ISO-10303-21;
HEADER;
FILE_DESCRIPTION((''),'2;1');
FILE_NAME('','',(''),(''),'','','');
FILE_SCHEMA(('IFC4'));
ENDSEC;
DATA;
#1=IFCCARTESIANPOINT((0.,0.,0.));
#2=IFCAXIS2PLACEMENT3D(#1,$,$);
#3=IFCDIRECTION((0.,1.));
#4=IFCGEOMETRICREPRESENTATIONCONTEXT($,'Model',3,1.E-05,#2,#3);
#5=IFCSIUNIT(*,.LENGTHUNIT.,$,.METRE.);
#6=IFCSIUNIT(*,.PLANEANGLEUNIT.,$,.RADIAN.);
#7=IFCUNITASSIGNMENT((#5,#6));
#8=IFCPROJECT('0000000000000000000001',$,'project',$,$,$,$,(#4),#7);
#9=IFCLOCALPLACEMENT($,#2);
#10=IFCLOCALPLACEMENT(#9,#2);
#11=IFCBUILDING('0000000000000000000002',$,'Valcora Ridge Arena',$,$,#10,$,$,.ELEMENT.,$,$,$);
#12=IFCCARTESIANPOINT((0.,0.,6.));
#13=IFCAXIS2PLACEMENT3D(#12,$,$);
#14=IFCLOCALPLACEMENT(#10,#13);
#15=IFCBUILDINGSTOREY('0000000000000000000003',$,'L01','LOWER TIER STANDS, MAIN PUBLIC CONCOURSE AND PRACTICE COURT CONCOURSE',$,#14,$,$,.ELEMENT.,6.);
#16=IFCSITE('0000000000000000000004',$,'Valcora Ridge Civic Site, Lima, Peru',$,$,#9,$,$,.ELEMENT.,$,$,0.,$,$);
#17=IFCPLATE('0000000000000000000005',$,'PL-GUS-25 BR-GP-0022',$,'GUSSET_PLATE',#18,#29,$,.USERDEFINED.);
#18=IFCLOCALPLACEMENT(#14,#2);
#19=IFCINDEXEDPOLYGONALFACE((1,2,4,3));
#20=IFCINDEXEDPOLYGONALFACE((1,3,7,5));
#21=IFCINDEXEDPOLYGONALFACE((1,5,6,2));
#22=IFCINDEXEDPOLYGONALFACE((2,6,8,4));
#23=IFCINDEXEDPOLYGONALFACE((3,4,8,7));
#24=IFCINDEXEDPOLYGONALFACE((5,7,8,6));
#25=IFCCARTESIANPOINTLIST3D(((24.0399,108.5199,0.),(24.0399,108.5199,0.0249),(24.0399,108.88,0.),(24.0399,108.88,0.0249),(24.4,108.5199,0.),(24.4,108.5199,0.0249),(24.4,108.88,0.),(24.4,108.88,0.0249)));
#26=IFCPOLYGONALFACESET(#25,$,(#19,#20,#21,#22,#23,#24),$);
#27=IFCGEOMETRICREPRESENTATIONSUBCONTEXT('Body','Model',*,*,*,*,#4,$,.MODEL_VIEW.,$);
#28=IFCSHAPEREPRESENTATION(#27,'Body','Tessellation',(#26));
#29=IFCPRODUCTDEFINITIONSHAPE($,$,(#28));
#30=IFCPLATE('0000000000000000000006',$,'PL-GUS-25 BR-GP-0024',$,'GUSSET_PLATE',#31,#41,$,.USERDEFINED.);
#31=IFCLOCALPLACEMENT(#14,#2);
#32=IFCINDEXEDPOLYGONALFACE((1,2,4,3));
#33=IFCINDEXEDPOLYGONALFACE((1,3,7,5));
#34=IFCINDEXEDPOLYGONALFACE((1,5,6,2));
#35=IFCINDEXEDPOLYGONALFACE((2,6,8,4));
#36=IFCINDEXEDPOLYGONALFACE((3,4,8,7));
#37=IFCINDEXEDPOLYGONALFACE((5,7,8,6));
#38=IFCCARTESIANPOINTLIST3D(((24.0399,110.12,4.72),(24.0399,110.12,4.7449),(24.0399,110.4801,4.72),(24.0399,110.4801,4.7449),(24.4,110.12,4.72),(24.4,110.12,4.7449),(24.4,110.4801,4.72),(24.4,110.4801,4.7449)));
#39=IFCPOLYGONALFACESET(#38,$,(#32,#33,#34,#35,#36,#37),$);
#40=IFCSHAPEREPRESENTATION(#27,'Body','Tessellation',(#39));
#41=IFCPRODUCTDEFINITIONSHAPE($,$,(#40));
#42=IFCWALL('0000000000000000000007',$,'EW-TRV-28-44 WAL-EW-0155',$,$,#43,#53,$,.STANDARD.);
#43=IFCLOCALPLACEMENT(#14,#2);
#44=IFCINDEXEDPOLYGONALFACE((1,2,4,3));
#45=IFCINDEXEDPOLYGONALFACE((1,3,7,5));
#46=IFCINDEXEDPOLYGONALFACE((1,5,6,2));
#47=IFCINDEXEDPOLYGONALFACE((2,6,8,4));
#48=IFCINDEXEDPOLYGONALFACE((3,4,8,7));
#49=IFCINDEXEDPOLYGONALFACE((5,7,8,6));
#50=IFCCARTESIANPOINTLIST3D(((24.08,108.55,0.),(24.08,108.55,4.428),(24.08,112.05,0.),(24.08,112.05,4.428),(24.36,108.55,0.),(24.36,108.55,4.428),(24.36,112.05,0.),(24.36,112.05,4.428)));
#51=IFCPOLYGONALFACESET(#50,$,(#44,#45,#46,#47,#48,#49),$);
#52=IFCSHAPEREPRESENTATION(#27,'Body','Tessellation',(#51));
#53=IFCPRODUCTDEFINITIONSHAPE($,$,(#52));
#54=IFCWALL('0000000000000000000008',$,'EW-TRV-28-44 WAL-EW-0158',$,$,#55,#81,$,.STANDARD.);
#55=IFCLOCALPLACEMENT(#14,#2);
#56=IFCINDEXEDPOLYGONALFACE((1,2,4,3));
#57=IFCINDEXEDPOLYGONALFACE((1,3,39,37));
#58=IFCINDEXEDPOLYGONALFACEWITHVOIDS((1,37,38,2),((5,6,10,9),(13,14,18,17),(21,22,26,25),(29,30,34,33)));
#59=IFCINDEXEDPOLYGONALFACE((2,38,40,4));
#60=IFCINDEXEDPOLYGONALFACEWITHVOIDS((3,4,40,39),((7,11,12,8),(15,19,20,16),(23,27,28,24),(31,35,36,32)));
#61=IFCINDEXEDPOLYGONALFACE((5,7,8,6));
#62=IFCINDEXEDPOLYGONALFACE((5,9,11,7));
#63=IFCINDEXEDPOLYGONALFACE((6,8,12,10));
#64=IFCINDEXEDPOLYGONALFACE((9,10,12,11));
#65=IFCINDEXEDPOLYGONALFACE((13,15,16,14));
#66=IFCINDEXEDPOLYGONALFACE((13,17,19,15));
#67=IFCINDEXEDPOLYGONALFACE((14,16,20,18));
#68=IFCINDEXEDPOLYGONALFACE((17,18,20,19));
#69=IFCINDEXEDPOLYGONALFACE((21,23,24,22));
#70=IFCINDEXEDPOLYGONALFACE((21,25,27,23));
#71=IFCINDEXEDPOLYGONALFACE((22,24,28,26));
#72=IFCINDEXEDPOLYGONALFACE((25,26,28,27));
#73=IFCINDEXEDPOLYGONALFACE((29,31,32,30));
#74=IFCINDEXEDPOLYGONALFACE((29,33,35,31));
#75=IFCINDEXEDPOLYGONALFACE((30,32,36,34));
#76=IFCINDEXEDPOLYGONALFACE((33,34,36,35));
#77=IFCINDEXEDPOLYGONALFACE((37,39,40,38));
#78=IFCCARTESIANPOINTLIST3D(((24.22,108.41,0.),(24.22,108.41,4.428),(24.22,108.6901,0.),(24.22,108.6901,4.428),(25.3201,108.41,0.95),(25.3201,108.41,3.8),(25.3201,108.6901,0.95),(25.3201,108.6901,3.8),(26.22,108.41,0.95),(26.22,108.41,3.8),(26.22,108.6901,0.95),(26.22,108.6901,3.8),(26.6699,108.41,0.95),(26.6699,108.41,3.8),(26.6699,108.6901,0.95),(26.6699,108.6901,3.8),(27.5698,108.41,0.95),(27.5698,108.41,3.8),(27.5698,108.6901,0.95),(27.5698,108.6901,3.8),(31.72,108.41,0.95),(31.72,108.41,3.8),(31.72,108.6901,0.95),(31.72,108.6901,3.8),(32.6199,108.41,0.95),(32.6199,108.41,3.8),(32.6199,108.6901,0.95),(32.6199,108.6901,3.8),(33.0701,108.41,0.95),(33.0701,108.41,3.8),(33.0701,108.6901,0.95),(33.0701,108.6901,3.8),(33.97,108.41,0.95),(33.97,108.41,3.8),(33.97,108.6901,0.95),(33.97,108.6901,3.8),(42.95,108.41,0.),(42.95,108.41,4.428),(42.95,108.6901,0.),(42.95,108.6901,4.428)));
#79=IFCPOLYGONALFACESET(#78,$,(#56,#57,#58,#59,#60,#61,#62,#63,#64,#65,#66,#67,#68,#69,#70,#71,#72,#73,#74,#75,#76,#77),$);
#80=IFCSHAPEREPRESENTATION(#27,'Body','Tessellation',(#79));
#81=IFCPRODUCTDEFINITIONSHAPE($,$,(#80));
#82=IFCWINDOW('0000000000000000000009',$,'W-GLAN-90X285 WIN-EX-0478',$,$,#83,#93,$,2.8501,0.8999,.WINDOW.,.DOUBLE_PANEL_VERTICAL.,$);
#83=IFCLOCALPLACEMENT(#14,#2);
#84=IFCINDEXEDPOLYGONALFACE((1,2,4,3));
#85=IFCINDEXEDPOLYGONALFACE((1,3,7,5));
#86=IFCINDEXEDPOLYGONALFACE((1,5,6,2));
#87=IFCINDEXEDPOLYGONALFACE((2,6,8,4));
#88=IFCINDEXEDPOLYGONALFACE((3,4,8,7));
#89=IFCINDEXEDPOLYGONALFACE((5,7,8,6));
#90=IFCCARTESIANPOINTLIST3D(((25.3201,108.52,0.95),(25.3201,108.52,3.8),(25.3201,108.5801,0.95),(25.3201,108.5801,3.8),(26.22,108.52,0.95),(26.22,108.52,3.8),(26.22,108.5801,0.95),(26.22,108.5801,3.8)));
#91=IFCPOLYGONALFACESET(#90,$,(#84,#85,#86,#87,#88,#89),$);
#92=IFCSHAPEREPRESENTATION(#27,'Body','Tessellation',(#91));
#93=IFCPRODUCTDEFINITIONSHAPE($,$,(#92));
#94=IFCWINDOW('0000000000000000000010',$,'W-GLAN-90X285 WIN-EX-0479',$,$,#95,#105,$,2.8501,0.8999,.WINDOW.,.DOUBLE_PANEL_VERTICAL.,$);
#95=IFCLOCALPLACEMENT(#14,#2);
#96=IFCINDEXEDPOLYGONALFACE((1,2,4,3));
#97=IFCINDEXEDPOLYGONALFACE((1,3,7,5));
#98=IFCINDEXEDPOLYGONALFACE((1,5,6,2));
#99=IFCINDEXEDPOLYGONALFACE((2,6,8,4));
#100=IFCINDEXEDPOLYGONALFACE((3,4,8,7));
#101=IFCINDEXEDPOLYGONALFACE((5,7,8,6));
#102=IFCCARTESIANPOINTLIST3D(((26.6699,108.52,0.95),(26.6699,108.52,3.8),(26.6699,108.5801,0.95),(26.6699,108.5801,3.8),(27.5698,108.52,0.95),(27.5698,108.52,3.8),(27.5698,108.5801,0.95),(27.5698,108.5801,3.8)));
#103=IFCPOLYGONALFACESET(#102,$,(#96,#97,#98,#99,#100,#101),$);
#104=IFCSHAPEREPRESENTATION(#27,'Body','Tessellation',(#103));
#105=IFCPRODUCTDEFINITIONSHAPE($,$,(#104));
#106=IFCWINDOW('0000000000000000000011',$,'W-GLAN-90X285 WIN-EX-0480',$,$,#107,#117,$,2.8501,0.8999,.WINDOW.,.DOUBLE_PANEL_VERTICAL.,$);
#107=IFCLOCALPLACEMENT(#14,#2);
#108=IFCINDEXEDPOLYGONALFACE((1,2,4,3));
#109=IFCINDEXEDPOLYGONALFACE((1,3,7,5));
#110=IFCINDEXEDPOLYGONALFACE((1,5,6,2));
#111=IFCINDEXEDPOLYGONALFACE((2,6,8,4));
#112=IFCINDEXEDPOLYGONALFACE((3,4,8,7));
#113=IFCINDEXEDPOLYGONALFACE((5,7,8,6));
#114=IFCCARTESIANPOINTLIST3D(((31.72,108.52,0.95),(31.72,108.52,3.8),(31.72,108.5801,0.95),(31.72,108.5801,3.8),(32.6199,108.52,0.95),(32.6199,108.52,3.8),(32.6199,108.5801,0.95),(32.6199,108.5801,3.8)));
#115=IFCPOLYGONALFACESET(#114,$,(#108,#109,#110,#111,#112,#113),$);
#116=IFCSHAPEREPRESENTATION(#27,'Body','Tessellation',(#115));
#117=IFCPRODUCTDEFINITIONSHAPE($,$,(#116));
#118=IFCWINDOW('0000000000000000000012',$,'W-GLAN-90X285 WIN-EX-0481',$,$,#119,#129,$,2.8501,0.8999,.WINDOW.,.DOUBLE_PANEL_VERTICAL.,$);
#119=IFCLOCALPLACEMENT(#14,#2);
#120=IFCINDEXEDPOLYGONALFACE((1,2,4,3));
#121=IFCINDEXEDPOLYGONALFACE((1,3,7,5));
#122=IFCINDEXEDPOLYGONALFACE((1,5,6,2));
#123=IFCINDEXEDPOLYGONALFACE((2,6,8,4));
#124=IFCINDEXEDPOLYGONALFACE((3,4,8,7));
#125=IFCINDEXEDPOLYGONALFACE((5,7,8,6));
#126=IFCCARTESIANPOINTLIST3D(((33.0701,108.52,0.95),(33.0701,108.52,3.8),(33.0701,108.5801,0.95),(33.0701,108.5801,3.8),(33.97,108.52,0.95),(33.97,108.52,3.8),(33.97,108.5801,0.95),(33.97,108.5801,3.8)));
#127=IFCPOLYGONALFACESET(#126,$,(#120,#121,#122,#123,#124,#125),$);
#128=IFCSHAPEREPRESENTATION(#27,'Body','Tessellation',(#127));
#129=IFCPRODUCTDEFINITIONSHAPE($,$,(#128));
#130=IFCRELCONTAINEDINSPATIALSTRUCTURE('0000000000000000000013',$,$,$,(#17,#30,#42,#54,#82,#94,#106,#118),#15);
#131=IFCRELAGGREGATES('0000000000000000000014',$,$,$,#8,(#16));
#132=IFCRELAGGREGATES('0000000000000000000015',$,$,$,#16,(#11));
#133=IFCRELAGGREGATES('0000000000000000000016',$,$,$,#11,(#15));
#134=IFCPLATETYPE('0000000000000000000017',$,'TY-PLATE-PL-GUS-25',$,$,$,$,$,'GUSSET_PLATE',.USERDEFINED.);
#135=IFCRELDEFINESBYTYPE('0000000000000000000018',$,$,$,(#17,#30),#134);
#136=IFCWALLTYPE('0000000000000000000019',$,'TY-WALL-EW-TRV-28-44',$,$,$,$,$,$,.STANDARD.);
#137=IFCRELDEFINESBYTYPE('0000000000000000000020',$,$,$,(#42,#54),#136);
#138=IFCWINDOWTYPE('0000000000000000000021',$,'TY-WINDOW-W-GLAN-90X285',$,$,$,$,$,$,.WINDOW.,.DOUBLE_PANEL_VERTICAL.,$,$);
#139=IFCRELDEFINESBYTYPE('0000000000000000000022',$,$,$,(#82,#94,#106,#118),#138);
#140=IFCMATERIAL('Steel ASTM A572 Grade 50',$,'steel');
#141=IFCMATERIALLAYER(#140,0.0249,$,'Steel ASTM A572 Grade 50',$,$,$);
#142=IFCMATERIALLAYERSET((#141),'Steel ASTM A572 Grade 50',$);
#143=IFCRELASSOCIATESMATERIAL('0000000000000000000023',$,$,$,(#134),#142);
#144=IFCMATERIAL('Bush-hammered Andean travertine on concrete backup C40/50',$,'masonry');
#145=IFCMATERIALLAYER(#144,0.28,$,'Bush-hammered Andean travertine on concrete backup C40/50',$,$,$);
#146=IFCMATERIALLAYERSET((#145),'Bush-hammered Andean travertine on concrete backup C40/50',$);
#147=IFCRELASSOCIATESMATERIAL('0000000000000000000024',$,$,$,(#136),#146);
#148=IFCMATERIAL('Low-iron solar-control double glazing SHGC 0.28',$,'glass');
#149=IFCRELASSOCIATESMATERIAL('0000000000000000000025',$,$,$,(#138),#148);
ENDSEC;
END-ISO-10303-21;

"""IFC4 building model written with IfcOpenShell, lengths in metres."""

from ifc_helpers import new_model, si_unit, direction, frame, frame_2d, origin, origin_2d, place, context, subcontext, project, spatial, rectangle, extrude, material, layer, layer_set, type_object, element, fill, save


model = new_model("IFC4")

# Units and contexts
model_context = context("Model", 3, precision=1e-05, world=origin(), true_north=direction((0.0, 1.0)))
body_context = subcontext(model_context, "Body", "Model", "MODEL_VIEW")
ifc_project = project(units=[si_unit("LENGTHUNIT", "METRE"), si_unit("PLANEANGLEUNIT", "RADIAN")], contexts=[model_context])

# Site, building, storey
site_placement = place(None, origin())
site = spatial("IfcSite", under=ifc_project, at=site_placement, Name="Valcora Ridge Civic Site, Lima, Peru", CompositionType="ELEMENT", RefElevation=0.0)
building_placement = place(site_placement, origin())
building = spatial("IfcBuilding", under=site, at=building_placement, Name="Valcora Ridge Arena", CompositionType="ELEMENT")
storey_placement = place(building_placement, frame((0.0, 0.0, 6.0)))
storey = spatial("IfcBuildingStorey", under=building, at=storey_placement, Name="L01", Description="LOWER TIER STANDS, MAIN PUBLIC CONCOURSE AND PRACTICE COURT CONCOURSE", CompositionType="ELEMENT", Elevation=6.0)

# Shared definitions
ifc_material_1 = material(Name="Steel ASTM A572 Grade 50", Category="steel")

# Plates
ifc_layer_1 = layer(ifc_material_1, 0.0249, Name="Steel ASTM A572 Grade 50")
ifc_layer_set_1 = layer_set([ifc_layer_1], Name="Steel ASTM A572 Grade 50")
plate_type = type_object("IfcPlateType", Name="TY-PLATE-PL-GUS-25", ElementType="GUSSET_PLATE", PredefinedType="USERDEFINED", material=ifc_layer_set_1)
for number, where, z_axis, x_axis, name in (
    (1, (24.22, 108.7, 0.0), (0.0, 0.0, 1.0), (1.0, 0.0, 0.0), "PL-GUS-25 BR-GP-0022"),
    (2, (24.22, 110.3, 4.72), (0.0, 0.0, 1.0), (1.0, 0.0, 0.0), "PL-GUS-25 BR-GP-0024"),
):
    element("IfcPlate", number, at=place(storey_placement, frame(where, z_axis=z_axis, x_axis=x_axis)), inside=storey, type_object=plate_type, Name=name, ObjectType="GUSSET_PLATE", PredefinedType="USERDEFINED", context=body_context, shape_type="SweptSolid", body=[
        extrude(rectangle(XDim=0.3601, YDim=0.3601, at=origin_2d()), origin(), (0.0, 0.0, 1.0), 0.0249),
    ])

# Wall
ifc_material_2 = material(Name="Bush-hammered Andean travertine on concrete backup C40/50", Category="masonry")
ifc_layer_2 = layer(ifc_material_2, 0.28, Name="Bush-hammered Andean travertine on concrete backup C40/50")
ifc_layer_set_2 = layer_set([ifc_layer_2], Name="Bush-hammered Andean travertine on concrete backup C40/50")
wall_type_1 = type_object("IfcWallType", Name="TY-WALL-EW-TRV-28-44", PredefinedType="STANDARD", material=ifc_layer_set_2)
wall_1_placement = place(storey_placement, frame((24.22, 108.55, 0.0), z_axis=(0.0, 0.0, 1.0), x_axis=(0.0, 1.0, 0.0)))
element("IfcWall", 3, at=wall_1_placement, inside=storey, type_object=wall_type_1, Name="EW-TRV-28-44 WAL-EW-0155", PredefinedType="STANDARD", context=body_context, shape_type="SweptSolid", body=[
    extrude(rectangle(XDim=3.5, YDim=0.28, at=frame_2d((1.75, 0.0))), origin(), (0.0, 0.0, 1.0), 4.428),
])

# Wall, openings, windows
wall_2_placement = place(storey_placement, frame((24.22, 108.55, 0.0), z_axis=(0.0, 0.0, 1.0), x_axis=(1.0, 0.0, 0.0)))
wall_2 = element("IfcWall", 4, at=wall_2_placement, inside=storey, type_object=wall_type_1, Name="EW-TRV-28-44 WAL-EW-0158", PredefinedType="STANDARD", context=body_context, shape_type="SweptSolid", body=[
    extrude(rectangle(XDim=18.73, YDim=0.28, at=frame_2d((9.365, 0.0))), origin(), (0.0, 0.0, 1.0), 4.428),
])
opening_1_placement = place(wall_2_placement, frame((1.1001, 0.0, 0.95)))
opening_1 = element("IfcOpeningElement", 5, at=opening_1_placement, cuts=wall_2, PredefinedType="OPENING", context=body_context, shape_type="SweptSolid", body=[
    extrude(rectangle(XDim=0.8999, YDim=2.8501, at=frame_2d((0.45, 1.425))), frame((0.0, 0.1499, 0.0), z_axis=(0.0, -1.0, 0.0), x_axis=(1.0, 0.0, 0.0)), (0.0, 0.0, 1.0), 0.3),
])
opening_2_placement = place(wall_2_placement, frame((2.45, 0.0, 0.95)))
opening_2 = element("IfcOpeningElement", 6, at=opening_2_placement, cuts=wall_2, PredefinedType="OPENING", context=body_context, shape_type="SweptSolid", body=[
    extrude(rectangle(XDim=0.8999, YDim=2.8501, at=frame_2d((0.45, 1.425))), frame((0.0, 0.1499, 0.0), z_axis=(0.0, -1.0, 0.0), x_axis=(1.0, 0.0, 0.0)), (0.0, 0.0, 1.0), 0.3),
])
opening_3_placement = place(wall_2_placement, frame((7.5, 0.0, 0.95)))
opening_3 = element("IfcOpeningElement", 7, at=opening_3_placement, cuts=wall_2, PredefinedType="OPENING", context=body_context, shape_type="SweptSolid", body=[
    extrude(rectangle(XDim=0.8999, YDim=2.8501, at=frame_2d((0.45, 1.425))), frame((0.0, 0.1499, 0.0), z_axis=(0.0, -1.0, 0.0), x_axis=(1.0, 0.0, 0.0)), (0.0, 0.0, 1.0), 0.3),
])
opening_4_placement = place(wall_2_placement, frame((8.8501, 0.0, 0.95)))
opening_4 = element("IfcOpeningElement", 8, at=opening_4_placement, cuts=wall_2, PredefinedType="OPENING", context=body_context, shape_type="SweptSolid", body=[
    extrude(rectangle(XDim=0.8999, YDim=2.8501, at=frame_2d((0.45, 1.425))), frame((0.0, 0.1499, 0.0), z_axis=(0.0, -1.0, 0.0), x_axis=(1.0, 0.0, 0.0)), (0.0, 0.0, 1.0), 0.3),
])
ifc_material_3 = material(Name="Low-iron solar-control double glazing SHGC 0.28", Category="glass")
window_type = type_object("IfcWindowType", Name="TY-WINDOW-W-GLAN-90X285", PartitioningType="DOUBLE_PANEL_VERTICAL", PredefinedType="WINDOW", material=ifc_material_3)
window_1_placement = place(opening_1_placement, origin())
window_1 = element("IfcWindow", 9, at=window_1_placement, inside=storey, type_object=window_type, Name="W-GLAN-90X285 WIN-EX-0478", OverallHeight=2.8501, OverallWidth=0.8999, PartitioningType="DOUBLE_PANEL_VERTICAL", PredefinedType="WINDOW", context=body_context, shape_type="SweptSolid", body=[
    extrude(rectangle(XDim=0.8999, YDim=2.8501, at=frame_2d((0.45, 1.425))), frame((0.0, 0.03, 0.0), z_axis=(0.0, -1.0, 0.0), x_axis=(1.0, 0.0, 0.0)), (0.0, 0.0, 1.0), 0.0601),
])
fill(opening_1, window_1)
window_2_placement = place(opening_2_placement, origin())
window_2 = element("IfcWindow", 10, at=window_2_placement, inside=storey, type_object=window_type, Name="W-GLAN-90X285 WIN-EX-0479", OverallHeight=2.8501, OverallWidth=0.8999, PartitioningType="DOUBLE_PANEL_VERTICAL", PredefinedType="WINDOW", context=body_context, shape_type="SweptSolid", body=[
    extrude(rectangle(XDim=0.8999, YDim=2.8501, at=frame_2d((0.45, 1.425))), frame((0.0, 0.03, 0.0), z_axis=(0.0, -1.0, 0.0), x_axis=(1.0, 0.0, 0.0)), (0.0, 0.0, 1.0), 0.0601),
])
fill(opening_2, window_2)
window_3_placement = place(opening_3_placement, origin())
window_3 = element("IfcWindow", 11, at=window_3_placement, inside=storey, type_object=window_type, Name="W-GLAN-90X285 WIN-EX-0480", OverallHeight=2.8501, OverallWidth=0.8999, PartitioningType="DOUBLE_PANEL_VERTICAL", PredefinedType="WINDOW", context=body_context, shape_type="SweptSolid", body=[
    extrude(rectangle(XDim=0.8999, YDim=2.8501, at=frame_2d((0.45, 1.425))), frame((0.0, 0.03, 0.0), z_axis=(0.0, -1.0, 0.0), x_axis=(1.0, 0.0, 0.0)), (0.0, 0.0, 1.0), 0.0601),
])
fill(opening_3, window_3)
window_4_placement = place(opening_4_placement, origin())
window_4 = element("IfcWindow", 12, at=window_4_placement, inside=storey, type_object=window_type, Name="W-GLAN-90X285 WIN-EX-0481", OverallHeight=2.8501, OverallWidth=0.8999, PartitioningType="DOUBLE_PANEL_VERTICAL", PredefinedType="WINDOW", context=body_context, shape_type="SweptSolid", body=[
    extrude(rectangle(XDim=0.8999, YDim=2.8501, at=frame_2d((0.45, 1.425))), frame((0.0, 0.03, 0.0), z_axis=(0.0, -1.0, 0.0), x_axis=(1.0, 0.0, 0.0)), (0.0, 0.0, 1.0), 0.0601),
])
fill(opening_4, window_4)

save(model, "model.ifc")
